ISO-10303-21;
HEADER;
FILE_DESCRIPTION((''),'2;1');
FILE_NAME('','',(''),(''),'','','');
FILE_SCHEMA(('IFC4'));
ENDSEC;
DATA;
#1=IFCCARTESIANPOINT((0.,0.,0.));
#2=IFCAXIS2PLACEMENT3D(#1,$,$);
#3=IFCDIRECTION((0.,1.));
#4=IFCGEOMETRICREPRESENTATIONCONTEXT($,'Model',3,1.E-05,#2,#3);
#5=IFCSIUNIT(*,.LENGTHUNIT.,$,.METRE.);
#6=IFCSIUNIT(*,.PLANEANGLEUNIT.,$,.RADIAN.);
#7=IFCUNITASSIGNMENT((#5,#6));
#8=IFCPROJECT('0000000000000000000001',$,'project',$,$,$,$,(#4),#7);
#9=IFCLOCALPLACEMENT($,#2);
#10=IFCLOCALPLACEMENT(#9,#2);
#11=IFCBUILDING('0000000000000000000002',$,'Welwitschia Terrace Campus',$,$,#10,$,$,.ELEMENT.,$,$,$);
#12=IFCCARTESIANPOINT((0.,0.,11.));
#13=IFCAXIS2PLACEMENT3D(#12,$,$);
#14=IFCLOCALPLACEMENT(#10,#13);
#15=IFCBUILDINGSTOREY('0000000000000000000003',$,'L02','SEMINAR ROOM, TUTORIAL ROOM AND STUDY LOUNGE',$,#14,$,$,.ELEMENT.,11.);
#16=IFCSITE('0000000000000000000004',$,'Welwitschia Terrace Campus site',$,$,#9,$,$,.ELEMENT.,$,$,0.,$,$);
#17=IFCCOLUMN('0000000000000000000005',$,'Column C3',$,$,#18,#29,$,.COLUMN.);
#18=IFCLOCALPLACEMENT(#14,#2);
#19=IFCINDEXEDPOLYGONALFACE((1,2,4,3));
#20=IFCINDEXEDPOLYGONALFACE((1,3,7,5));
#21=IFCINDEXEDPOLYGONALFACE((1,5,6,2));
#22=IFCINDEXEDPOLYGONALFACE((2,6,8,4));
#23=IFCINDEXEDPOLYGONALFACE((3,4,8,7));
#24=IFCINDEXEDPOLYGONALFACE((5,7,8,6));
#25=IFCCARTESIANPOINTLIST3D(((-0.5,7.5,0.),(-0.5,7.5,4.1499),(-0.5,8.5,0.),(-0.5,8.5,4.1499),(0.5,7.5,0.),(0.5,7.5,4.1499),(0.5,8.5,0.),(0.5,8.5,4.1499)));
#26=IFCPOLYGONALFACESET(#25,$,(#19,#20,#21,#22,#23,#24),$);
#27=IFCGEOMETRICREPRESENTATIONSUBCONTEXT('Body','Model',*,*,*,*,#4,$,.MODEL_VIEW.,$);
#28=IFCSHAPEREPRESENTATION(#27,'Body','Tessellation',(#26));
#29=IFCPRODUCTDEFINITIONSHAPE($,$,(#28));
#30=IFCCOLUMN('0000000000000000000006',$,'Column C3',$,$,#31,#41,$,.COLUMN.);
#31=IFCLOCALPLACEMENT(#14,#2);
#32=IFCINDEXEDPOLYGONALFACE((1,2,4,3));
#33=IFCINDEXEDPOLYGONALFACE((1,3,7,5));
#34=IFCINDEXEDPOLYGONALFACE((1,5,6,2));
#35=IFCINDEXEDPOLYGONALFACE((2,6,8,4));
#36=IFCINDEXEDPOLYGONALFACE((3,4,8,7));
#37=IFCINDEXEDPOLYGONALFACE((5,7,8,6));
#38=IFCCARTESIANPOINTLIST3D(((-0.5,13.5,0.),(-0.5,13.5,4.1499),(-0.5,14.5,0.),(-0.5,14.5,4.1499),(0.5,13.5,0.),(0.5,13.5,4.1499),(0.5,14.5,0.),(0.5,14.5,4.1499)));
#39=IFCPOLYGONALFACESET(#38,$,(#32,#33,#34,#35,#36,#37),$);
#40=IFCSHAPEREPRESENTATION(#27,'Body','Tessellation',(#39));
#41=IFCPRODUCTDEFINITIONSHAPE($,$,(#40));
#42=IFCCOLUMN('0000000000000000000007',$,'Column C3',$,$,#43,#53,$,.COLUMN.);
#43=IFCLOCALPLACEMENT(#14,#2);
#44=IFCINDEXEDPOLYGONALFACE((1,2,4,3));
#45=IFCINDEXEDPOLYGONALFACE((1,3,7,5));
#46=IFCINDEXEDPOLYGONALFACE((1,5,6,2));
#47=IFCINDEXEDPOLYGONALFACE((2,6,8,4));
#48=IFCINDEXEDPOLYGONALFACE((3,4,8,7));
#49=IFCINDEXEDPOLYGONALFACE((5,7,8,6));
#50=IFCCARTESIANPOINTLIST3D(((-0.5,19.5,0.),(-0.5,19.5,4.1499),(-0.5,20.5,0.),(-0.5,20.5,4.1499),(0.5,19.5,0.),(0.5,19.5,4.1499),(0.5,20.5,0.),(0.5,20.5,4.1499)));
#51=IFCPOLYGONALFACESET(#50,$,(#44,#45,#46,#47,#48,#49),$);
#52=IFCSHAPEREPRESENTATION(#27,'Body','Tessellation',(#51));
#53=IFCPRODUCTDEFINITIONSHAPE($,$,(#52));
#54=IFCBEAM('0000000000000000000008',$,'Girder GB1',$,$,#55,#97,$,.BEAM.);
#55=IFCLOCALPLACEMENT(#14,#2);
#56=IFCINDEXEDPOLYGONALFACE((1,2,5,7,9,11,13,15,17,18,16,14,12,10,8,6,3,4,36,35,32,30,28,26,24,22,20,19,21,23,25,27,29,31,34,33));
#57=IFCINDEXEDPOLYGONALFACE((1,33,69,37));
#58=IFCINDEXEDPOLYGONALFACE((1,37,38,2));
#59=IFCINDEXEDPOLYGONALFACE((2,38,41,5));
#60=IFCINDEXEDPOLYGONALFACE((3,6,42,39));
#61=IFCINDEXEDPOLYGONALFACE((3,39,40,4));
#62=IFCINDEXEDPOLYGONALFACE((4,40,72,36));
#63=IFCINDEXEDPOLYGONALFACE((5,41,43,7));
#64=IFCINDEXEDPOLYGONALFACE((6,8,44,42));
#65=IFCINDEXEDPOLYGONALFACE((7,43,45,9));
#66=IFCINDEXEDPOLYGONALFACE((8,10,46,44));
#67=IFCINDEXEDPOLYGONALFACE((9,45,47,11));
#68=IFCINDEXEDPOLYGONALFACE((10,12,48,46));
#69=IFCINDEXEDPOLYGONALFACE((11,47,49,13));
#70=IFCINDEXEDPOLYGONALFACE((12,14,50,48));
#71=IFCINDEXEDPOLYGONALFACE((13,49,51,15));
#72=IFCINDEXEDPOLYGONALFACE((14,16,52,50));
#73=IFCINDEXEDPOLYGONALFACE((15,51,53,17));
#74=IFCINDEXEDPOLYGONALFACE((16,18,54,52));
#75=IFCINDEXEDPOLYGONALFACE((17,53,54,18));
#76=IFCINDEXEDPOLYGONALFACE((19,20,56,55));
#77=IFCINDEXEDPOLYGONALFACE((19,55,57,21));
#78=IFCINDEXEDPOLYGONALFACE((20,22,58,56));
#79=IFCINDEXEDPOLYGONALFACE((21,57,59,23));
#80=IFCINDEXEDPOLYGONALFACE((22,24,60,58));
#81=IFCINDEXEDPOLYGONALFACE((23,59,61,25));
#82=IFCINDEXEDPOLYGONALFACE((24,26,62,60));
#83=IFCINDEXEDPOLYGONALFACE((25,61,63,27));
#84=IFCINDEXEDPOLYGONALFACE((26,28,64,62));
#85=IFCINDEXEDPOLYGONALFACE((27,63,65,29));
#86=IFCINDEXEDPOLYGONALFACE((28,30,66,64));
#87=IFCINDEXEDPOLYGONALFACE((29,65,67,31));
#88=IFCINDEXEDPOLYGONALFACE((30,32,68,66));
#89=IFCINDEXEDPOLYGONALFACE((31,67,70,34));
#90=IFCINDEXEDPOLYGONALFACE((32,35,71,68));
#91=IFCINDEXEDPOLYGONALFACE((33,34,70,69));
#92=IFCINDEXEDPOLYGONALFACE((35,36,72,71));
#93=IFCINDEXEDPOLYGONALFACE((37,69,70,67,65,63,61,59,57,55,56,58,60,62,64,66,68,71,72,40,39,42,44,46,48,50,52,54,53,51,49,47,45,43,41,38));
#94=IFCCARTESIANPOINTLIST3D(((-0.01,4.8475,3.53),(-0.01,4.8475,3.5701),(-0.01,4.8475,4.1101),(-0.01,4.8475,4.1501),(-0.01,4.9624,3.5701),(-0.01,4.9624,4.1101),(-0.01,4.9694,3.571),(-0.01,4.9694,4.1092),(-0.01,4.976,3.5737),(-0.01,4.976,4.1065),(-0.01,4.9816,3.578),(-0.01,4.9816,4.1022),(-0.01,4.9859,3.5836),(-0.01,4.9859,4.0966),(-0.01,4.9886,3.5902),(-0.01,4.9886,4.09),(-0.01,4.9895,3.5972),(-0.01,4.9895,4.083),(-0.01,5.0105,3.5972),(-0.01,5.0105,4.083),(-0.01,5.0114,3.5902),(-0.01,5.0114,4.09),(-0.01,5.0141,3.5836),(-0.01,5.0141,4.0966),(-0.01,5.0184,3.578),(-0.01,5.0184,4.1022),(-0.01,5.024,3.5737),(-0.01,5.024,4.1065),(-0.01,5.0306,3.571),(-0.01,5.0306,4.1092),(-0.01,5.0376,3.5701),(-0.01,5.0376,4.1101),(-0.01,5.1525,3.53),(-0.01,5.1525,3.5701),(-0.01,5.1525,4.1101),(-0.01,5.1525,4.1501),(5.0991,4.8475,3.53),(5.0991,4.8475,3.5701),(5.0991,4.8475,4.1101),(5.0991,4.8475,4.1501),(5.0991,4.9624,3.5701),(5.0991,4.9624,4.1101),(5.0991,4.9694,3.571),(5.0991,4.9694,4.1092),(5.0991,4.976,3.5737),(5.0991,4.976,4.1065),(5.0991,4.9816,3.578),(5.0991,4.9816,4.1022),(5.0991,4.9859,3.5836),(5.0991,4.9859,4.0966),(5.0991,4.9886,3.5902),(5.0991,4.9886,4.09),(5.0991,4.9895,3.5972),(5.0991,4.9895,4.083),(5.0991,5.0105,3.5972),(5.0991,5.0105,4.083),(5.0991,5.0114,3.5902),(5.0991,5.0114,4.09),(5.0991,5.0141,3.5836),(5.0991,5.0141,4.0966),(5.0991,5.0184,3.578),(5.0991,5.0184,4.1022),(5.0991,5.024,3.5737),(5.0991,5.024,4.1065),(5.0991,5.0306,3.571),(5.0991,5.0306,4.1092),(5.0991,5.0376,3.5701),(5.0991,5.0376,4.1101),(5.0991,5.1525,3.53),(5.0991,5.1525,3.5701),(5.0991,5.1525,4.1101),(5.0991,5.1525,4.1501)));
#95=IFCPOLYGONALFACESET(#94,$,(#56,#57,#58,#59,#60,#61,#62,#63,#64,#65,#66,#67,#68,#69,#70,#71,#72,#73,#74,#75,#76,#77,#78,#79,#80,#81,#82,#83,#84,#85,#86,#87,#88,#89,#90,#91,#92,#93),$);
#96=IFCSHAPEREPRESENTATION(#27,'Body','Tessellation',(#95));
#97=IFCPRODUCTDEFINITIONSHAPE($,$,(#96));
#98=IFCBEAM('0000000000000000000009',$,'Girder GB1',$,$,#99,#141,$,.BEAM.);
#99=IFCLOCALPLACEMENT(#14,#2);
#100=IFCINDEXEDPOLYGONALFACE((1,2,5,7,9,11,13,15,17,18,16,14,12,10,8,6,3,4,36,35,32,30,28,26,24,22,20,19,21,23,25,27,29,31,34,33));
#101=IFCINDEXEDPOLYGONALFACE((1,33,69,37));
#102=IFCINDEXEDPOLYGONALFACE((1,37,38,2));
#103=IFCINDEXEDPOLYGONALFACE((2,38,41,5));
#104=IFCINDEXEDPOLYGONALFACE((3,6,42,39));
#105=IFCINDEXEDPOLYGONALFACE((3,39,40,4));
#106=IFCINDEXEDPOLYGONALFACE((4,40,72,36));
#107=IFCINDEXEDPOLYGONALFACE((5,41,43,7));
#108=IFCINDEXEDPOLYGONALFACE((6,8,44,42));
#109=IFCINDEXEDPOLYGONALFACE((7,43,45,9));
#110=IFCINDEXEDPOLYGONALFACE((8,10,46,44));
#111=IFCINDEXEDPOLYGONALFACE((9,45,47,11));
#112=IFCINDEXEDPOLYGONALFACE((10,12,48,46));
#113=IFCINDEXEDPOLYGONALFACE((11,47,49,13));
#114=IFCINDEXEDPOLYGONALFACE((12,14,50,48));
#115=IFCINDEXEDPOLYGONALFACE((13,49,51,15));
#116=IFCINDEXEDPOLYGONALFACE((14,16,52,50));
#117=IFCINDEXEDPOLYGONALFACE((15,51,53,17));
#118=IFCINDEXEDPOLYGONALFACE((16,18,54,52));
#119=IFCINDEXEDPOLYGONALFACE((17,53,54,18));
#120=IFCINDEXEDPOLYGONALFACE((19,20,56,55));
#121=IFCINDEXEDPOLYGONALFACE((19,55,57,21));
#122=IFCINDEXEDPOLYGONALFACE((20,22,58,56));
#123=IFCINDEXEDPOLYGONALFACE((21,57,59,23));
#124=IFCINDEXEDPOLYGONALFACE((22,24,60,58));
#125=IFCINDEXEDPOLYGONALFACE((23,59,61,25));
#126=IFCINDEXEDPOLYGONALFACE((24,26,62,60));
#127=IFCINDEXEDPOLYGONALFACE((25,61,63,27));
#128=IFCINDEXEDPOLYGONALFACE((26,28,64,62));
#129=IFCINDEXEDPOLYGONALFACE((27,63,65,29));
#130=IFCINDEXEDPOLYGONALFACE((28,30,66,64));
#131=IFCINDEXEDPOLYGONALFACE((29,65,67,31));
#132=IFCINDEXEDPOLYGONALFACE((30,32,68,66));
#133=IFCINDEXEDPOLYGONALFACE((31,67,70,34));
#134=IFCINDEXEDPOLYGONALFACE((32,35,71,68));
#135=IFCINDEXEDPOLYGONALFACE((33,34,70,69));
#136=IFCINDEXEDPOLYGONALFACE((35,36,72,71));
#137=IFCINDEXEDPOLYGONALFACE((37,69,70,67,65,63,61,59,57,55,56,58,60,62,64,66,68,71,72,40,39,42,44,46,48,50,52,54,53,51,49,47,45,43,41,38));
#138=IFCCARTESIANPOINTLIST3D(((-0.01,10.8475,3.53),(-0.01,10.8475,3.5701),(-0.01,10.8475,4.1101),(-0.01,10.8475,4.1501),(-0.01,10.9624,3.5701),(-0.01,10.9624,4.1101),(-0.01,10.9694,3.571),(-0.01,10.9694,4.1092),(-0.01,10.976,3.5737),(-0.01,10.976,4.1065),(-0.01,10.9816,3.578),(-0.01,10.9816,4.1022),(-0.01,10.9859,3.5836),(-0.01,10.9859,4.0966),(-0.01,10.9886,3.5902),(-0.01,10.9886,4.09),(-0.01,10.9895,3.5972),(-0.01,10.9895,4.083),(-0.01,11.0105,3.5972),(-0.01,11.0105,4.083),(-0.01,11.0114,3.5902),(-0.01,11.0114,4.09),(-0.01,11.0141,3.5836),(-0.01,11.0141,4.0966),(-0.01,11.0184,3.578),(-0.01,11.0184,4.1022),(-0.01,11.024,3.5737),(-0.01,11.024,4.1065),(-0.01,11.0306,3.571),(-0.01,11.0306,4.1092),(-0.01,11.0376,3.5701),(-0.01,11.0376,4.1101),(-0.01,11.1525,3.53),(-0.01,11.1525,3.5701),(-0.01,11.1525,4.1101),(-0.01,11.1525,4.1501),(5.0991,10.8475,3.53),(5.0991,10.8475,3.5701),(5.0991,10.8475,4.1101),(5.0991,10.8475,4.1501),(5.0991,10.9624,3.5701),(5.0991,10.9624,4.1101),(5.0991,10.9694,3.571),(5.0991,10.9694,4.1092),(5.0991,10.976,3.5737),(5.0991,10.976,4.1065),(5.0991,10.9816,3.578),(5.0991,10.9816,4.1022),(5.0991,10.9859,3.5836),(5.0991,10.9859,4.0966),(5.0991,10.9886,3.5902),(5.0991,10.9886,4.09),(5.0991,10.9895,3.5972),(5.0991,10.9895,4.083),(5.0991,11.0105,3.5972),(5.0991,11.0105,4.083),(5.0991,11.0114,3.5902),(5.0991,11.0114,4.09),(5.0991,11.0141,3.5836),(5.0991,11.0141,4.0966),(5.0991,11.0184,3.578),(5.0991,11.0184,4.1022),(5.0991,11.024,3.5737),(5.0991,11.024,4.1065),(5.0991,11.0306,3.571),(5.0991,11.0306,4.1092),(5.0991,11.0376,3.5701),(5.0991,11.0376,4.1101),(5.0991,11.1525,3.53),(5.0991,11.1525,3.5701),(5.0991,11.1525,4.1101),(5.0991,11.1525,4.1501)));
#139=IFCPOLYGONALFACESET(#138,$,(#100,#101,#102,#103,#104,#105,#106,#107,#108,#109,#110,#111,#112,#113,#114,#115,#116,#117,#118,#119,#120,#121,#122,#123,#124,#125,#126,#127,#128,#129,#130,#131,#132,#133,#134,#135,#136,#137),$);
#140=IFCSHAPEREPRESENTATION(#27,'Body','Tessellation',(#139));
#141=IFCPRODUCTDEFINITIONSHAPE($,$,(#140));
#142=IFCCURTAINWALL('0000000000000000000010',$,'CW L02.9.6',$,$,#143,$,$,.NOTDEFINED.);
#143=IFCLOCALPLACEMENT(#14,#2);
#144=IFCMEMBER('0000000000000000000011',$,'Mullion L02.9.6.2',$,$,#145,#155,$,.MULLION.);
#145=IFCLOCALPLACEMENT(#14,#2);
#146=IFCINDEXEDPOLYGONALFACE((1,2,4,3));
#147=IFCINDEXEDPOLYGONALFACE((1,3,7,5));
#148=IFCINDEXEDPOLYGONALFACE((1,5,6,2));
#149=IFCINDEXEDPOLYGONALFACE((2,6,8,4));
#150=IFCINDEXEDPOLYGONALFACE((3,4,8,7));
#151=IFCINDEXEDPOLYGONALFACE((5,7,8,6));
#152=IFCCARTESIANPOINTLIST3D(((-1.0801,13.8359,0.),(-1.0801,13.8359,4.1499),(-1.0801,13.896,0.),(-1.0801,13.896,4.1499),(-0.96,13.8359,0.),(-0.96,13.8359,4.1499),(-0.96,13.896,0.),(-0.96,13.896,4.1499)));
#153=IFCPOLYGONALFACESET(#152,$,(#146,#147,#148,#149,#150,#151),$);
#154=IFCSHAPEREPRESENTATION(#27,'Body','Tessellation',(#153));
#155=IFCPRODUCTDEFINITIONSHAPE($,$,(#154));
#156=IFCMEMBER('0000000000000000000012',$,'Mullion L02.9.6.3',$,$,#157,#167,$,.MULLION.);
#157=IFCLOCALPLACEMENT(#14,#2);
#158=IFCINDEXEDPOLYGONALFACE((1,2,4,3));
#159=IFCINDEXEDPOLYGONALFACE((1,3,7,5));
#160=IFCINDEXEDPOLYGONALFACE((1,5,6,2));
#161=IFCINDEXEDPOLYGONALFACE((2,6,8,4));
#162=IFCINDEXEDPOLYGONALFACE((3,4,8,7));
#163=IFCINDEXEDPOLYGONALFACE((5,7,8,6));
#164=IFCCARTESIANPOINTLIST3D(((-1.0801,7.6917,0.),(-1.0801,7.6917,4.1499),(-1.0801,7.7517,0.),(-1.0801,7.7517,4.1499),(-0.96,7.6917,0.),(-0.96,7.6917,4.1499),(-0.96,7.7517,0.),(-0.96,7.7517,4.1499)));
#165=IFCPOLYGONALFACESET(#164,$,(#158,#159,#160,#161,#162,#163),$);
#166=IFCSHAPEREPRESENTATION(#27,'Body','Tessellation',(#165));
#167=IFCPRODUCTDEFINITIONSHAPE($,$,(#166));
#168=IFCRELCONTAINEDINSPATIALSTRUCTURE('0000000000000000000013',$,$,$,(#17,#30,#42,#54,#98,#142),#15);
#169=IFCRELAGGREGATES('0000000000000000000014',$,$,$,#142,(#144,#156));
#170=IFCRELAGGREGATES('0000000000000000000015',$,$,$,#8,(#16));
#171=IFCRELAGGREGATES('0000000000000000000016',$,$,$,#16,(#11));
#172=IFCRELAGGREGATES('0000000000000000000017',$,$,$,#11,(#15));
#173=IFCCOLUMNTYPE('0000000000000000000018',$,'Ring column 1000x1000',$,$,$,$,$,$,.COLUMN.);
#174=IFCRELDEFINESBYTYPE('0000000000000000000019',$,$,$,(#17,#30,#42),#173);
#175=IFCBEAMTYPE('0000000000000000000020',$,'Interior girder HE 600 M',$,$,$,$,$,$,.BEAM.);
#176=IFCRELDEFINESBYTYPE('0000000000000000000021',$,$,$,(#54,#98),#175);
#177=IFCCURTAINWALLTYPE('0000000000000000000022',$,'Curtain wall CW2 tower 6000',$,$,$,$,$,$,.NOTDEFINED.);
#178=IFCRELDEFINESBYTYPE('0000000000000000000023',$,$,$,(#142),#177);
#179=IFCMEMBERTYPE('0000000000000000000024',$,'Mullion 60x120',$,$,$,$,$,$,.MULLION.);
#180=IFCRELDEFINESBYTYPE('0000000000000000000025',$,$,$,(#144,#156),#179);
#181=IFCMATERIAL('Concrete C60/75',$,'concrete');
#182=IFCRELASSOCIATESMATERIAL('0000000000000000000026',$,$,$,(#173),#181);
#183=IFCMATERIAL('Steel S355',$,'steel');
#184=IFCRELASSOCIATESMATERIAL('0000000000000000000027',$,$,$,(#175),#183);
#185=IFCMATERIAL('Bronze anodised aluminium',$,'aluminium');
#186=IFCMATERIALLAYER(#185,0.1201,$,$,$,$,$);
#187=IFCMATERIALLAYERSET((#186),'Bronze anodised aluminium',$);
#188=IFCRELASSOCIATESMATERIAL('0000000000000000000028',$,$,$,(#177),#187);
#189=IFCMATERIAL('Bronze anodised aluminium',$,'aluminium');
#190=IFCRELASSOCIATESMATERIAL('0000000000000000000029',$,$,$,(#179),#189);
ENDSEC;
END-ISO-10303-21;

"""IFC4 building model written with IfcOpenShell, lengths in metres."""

from ifc_helpers import new_model, si_unit, direction, frame, origin, origin_2d, place, context, subcontext, project, spatial, rectangle, i_section, extrude, material, layer, layer_set, material_profile, profile_set, type_object, element, aggregate, save


model = new_model("IFC4")

# Units and contexts
model_context = context("Model", 3, precision=1e-05, world=origin(), true_north=direction((0.0, 1.0)))
body_context = subcontext(model_context, "Body", "Model", "MODEL_VIEW")
ifc_project = project(units=[si_unit("LENGTHUNIT", "METRE"), si_unit("PLANEANGLEUNIT", "RADIAN")], contexts=[model_context])

# Site, building, storey
site_placement = place(None, origin())
site = spatial("IfcSite", under=ifc_project, at=site_placement, Name="Welwitschia Terrace Campus site", CompositionType="ELEMENT", RefElevation=0.0)
building_placement = place(site_placement, origin())
building = spatial("IfcBuilding", under=site, at=building_placement, Name="Welwitschia Terrace Campus", CompositionType="ELEMENT")
storey_placement = place(building_placement, frame((0.0, 0.0, 11.0)))
storey = spatial("IfcBuildingStorey", under=building, at=storey_placement, Name="L02", Description="SEMINAR ROOM, TUTORIAL ROOM AND STUDY LOUNGE", CompositionType="ELEMENT", Elevation=11.0)

# Columns
ifc_material_1 = material(Name="Concrete C60/75", Category="concrete")
ifc_material_profile_1 = material_profile(ifc_material_1, rectangle(XDim=1.0, YDim=1.0, at=origin_2d()))
ifc_profile_set_1 = profile_set([ifc_material_profile_1], Name="Concrete C60/75")
column_type = type_object("IfcColumnType", Name="Ring column 1000x1000", PredefinedType="COLUMN", material=ifc_profile_set_1)
for number, where, z_axis, x_axis, name in (
    (1, (0.0, 8.0, 0.0), (0.0, 0.0, 1.0), (1.0, 0.0, 0.0), "Column C3"),
    (2, (0.0, 14.0, 0.0), (0.0, 0.0, 1.0), (1.0, 0.0, 0.0), "Column C3"),
    (3, (0.0, 20.0, 0.0), (0.0, 0.0, 1.0), (1.0, 0.0, 0.0), "Column C3"),
):
    element("IfcColumn", number, at=place(storey_placement, frame(where, z_axis=z_axis, x_axis=x_axis)), inside=storey, type_object=column_type, Name=name, PredefinedType="COLUMN", context=body_context, shape_type="SweptSolid", body=[
        extrude(rectangle(XDim=1.0, YDim=1.0, at=origin_2d()), origin(), (0.0, 0.0, 1.0), 4.1499),
    ])

# Beams
ifc_material_2 = material(Name="Steel S355", Category="steel")
ifc_material_profile_2 = material_profile(ifc_material_2, i_section(OverallWidth=0.3049, OverallDepth=0.6201, WebThickness=0.021, FlangeThickness=0.04, FilletRadius=0.0271, at=origin_2d()))
ifc_profile_set_2 = profile_set([ifc_material_profile_2], Name="Steel S355")
beam_type_1 = type_object("IfcBeamType", Name="Interior girder HE 600 M", PredefinedType="BEAM", material=ifc_profile_set_2)
for number, where, z_axis, x_axis, name in (
    (4, (-0.01, 5.0, 3.8401), (1.0, 0.0, 0.0), (0.0, 1.0, 0.0), "Girder GB1"),
    (5, (-0.01, 11.0, 3.8401), (1.0, 0.0, 0.0), (0.0, 1.0, 0.0), "Girder GB1"),
):
    element("IfcBeam", number, at=place(storey_placement, frame(where, z_axis=z_axis, x_axis=x_axis)), inside=storey, type_object=beam_type_1, Name=name, PredefinedType="BEAM", context=body_context, shape_type="SweptSolid", body=[
        extrude(i_section(OverallWidth=0.3049, OverallDepth=0.6201, WebThickness=0.021, FlangeThickness=0.04, FilletRadius=0.0271, at=origin_2d()), origin(), (0.0, 0.0, 1.0), 5.1091),
    ])

# Curtain wall, members
ifc_material_3 = material(Name="Bronze anodised aluminium", Category="aluminium")
ifc_layer_1 = layer(ifc_material_3, 0.1201)
ifc_layer_set_1 = layer_set([ifc_layer_1], Name="Bronze anodised aluminium")
curtain_wall_type = type_object("IfcCurtainWallType", Name="Curtain wall CW2 tower 6000", PredefinedType="NOTDEFINED", material=ifc_layer_set_1)
curtain_wall_placement = place(storey_placement, origin())
curtain_wall = element("IfcCurtainWall", 6, at=curtain_wall_placement, inside=storey, type_object=curtain_wall_type, Name="CW L02.9.6", PredefinedType="NOTDEFINED")
ifc_material_4 = material(Name="Bronze anodised aluminium", Category="aluminium")
ifc_material_profile_3 = material_profile(ifc_material_4, rectangle(XDim=0.1201, YDim=0.0601, at=origin_2d()))
ifc_profile_set_3 = profile_set([ifc_material_profile_3], Name="Bronze anodised aluminium")
member_type = type_object("IfcMemberType", Name="Mullion 60x120", PredefinedType="MULLION", material=ifc_profile_set_3)
member_1_placement = place(storey_placement, frame((-1.02, 13.866, 0.0), z_axis=(0.0, 0.0, 1.0), x_axis=(1.0, 0.0, 0.0)))
member_1 = element("IfcMember", 7, at=member_1_placement, type_object=member_type, Name="Mullion L02.9.6.2", PredefinedType="MULLION", context=body_context, shape_type="SweptSolid", body=[
    extrude(rectangle(XDim=0.1201, YDim=0.0601, at=origin_2d()), origin(), (0.0, 0.0, 1.0), 4.1499),
])
member_2_placement = place(storey_placement, frame((-1.02, 7.7217, 0.0), z_axis=(0.0, 0.0, 1.0), x_axis=(1.0, 0.0, 0.0)))
member_2 = element("IfcMember", 8, at=member_2_placement, type_object=member_type, Name="Mullion L02.9.6.3", PredefinedType="MULLION", context=body_context, shape_type="SweptSolid", body=[
    extrude(rectangle(XDim=0.1201, YDim=0.0601, at=origin_2d()), origin(), (0.0, 0.0, 1.0), 4.1499),
])

aggregate(curtain_wall, [member_1, member_2])

save(model, "model.ifc")
